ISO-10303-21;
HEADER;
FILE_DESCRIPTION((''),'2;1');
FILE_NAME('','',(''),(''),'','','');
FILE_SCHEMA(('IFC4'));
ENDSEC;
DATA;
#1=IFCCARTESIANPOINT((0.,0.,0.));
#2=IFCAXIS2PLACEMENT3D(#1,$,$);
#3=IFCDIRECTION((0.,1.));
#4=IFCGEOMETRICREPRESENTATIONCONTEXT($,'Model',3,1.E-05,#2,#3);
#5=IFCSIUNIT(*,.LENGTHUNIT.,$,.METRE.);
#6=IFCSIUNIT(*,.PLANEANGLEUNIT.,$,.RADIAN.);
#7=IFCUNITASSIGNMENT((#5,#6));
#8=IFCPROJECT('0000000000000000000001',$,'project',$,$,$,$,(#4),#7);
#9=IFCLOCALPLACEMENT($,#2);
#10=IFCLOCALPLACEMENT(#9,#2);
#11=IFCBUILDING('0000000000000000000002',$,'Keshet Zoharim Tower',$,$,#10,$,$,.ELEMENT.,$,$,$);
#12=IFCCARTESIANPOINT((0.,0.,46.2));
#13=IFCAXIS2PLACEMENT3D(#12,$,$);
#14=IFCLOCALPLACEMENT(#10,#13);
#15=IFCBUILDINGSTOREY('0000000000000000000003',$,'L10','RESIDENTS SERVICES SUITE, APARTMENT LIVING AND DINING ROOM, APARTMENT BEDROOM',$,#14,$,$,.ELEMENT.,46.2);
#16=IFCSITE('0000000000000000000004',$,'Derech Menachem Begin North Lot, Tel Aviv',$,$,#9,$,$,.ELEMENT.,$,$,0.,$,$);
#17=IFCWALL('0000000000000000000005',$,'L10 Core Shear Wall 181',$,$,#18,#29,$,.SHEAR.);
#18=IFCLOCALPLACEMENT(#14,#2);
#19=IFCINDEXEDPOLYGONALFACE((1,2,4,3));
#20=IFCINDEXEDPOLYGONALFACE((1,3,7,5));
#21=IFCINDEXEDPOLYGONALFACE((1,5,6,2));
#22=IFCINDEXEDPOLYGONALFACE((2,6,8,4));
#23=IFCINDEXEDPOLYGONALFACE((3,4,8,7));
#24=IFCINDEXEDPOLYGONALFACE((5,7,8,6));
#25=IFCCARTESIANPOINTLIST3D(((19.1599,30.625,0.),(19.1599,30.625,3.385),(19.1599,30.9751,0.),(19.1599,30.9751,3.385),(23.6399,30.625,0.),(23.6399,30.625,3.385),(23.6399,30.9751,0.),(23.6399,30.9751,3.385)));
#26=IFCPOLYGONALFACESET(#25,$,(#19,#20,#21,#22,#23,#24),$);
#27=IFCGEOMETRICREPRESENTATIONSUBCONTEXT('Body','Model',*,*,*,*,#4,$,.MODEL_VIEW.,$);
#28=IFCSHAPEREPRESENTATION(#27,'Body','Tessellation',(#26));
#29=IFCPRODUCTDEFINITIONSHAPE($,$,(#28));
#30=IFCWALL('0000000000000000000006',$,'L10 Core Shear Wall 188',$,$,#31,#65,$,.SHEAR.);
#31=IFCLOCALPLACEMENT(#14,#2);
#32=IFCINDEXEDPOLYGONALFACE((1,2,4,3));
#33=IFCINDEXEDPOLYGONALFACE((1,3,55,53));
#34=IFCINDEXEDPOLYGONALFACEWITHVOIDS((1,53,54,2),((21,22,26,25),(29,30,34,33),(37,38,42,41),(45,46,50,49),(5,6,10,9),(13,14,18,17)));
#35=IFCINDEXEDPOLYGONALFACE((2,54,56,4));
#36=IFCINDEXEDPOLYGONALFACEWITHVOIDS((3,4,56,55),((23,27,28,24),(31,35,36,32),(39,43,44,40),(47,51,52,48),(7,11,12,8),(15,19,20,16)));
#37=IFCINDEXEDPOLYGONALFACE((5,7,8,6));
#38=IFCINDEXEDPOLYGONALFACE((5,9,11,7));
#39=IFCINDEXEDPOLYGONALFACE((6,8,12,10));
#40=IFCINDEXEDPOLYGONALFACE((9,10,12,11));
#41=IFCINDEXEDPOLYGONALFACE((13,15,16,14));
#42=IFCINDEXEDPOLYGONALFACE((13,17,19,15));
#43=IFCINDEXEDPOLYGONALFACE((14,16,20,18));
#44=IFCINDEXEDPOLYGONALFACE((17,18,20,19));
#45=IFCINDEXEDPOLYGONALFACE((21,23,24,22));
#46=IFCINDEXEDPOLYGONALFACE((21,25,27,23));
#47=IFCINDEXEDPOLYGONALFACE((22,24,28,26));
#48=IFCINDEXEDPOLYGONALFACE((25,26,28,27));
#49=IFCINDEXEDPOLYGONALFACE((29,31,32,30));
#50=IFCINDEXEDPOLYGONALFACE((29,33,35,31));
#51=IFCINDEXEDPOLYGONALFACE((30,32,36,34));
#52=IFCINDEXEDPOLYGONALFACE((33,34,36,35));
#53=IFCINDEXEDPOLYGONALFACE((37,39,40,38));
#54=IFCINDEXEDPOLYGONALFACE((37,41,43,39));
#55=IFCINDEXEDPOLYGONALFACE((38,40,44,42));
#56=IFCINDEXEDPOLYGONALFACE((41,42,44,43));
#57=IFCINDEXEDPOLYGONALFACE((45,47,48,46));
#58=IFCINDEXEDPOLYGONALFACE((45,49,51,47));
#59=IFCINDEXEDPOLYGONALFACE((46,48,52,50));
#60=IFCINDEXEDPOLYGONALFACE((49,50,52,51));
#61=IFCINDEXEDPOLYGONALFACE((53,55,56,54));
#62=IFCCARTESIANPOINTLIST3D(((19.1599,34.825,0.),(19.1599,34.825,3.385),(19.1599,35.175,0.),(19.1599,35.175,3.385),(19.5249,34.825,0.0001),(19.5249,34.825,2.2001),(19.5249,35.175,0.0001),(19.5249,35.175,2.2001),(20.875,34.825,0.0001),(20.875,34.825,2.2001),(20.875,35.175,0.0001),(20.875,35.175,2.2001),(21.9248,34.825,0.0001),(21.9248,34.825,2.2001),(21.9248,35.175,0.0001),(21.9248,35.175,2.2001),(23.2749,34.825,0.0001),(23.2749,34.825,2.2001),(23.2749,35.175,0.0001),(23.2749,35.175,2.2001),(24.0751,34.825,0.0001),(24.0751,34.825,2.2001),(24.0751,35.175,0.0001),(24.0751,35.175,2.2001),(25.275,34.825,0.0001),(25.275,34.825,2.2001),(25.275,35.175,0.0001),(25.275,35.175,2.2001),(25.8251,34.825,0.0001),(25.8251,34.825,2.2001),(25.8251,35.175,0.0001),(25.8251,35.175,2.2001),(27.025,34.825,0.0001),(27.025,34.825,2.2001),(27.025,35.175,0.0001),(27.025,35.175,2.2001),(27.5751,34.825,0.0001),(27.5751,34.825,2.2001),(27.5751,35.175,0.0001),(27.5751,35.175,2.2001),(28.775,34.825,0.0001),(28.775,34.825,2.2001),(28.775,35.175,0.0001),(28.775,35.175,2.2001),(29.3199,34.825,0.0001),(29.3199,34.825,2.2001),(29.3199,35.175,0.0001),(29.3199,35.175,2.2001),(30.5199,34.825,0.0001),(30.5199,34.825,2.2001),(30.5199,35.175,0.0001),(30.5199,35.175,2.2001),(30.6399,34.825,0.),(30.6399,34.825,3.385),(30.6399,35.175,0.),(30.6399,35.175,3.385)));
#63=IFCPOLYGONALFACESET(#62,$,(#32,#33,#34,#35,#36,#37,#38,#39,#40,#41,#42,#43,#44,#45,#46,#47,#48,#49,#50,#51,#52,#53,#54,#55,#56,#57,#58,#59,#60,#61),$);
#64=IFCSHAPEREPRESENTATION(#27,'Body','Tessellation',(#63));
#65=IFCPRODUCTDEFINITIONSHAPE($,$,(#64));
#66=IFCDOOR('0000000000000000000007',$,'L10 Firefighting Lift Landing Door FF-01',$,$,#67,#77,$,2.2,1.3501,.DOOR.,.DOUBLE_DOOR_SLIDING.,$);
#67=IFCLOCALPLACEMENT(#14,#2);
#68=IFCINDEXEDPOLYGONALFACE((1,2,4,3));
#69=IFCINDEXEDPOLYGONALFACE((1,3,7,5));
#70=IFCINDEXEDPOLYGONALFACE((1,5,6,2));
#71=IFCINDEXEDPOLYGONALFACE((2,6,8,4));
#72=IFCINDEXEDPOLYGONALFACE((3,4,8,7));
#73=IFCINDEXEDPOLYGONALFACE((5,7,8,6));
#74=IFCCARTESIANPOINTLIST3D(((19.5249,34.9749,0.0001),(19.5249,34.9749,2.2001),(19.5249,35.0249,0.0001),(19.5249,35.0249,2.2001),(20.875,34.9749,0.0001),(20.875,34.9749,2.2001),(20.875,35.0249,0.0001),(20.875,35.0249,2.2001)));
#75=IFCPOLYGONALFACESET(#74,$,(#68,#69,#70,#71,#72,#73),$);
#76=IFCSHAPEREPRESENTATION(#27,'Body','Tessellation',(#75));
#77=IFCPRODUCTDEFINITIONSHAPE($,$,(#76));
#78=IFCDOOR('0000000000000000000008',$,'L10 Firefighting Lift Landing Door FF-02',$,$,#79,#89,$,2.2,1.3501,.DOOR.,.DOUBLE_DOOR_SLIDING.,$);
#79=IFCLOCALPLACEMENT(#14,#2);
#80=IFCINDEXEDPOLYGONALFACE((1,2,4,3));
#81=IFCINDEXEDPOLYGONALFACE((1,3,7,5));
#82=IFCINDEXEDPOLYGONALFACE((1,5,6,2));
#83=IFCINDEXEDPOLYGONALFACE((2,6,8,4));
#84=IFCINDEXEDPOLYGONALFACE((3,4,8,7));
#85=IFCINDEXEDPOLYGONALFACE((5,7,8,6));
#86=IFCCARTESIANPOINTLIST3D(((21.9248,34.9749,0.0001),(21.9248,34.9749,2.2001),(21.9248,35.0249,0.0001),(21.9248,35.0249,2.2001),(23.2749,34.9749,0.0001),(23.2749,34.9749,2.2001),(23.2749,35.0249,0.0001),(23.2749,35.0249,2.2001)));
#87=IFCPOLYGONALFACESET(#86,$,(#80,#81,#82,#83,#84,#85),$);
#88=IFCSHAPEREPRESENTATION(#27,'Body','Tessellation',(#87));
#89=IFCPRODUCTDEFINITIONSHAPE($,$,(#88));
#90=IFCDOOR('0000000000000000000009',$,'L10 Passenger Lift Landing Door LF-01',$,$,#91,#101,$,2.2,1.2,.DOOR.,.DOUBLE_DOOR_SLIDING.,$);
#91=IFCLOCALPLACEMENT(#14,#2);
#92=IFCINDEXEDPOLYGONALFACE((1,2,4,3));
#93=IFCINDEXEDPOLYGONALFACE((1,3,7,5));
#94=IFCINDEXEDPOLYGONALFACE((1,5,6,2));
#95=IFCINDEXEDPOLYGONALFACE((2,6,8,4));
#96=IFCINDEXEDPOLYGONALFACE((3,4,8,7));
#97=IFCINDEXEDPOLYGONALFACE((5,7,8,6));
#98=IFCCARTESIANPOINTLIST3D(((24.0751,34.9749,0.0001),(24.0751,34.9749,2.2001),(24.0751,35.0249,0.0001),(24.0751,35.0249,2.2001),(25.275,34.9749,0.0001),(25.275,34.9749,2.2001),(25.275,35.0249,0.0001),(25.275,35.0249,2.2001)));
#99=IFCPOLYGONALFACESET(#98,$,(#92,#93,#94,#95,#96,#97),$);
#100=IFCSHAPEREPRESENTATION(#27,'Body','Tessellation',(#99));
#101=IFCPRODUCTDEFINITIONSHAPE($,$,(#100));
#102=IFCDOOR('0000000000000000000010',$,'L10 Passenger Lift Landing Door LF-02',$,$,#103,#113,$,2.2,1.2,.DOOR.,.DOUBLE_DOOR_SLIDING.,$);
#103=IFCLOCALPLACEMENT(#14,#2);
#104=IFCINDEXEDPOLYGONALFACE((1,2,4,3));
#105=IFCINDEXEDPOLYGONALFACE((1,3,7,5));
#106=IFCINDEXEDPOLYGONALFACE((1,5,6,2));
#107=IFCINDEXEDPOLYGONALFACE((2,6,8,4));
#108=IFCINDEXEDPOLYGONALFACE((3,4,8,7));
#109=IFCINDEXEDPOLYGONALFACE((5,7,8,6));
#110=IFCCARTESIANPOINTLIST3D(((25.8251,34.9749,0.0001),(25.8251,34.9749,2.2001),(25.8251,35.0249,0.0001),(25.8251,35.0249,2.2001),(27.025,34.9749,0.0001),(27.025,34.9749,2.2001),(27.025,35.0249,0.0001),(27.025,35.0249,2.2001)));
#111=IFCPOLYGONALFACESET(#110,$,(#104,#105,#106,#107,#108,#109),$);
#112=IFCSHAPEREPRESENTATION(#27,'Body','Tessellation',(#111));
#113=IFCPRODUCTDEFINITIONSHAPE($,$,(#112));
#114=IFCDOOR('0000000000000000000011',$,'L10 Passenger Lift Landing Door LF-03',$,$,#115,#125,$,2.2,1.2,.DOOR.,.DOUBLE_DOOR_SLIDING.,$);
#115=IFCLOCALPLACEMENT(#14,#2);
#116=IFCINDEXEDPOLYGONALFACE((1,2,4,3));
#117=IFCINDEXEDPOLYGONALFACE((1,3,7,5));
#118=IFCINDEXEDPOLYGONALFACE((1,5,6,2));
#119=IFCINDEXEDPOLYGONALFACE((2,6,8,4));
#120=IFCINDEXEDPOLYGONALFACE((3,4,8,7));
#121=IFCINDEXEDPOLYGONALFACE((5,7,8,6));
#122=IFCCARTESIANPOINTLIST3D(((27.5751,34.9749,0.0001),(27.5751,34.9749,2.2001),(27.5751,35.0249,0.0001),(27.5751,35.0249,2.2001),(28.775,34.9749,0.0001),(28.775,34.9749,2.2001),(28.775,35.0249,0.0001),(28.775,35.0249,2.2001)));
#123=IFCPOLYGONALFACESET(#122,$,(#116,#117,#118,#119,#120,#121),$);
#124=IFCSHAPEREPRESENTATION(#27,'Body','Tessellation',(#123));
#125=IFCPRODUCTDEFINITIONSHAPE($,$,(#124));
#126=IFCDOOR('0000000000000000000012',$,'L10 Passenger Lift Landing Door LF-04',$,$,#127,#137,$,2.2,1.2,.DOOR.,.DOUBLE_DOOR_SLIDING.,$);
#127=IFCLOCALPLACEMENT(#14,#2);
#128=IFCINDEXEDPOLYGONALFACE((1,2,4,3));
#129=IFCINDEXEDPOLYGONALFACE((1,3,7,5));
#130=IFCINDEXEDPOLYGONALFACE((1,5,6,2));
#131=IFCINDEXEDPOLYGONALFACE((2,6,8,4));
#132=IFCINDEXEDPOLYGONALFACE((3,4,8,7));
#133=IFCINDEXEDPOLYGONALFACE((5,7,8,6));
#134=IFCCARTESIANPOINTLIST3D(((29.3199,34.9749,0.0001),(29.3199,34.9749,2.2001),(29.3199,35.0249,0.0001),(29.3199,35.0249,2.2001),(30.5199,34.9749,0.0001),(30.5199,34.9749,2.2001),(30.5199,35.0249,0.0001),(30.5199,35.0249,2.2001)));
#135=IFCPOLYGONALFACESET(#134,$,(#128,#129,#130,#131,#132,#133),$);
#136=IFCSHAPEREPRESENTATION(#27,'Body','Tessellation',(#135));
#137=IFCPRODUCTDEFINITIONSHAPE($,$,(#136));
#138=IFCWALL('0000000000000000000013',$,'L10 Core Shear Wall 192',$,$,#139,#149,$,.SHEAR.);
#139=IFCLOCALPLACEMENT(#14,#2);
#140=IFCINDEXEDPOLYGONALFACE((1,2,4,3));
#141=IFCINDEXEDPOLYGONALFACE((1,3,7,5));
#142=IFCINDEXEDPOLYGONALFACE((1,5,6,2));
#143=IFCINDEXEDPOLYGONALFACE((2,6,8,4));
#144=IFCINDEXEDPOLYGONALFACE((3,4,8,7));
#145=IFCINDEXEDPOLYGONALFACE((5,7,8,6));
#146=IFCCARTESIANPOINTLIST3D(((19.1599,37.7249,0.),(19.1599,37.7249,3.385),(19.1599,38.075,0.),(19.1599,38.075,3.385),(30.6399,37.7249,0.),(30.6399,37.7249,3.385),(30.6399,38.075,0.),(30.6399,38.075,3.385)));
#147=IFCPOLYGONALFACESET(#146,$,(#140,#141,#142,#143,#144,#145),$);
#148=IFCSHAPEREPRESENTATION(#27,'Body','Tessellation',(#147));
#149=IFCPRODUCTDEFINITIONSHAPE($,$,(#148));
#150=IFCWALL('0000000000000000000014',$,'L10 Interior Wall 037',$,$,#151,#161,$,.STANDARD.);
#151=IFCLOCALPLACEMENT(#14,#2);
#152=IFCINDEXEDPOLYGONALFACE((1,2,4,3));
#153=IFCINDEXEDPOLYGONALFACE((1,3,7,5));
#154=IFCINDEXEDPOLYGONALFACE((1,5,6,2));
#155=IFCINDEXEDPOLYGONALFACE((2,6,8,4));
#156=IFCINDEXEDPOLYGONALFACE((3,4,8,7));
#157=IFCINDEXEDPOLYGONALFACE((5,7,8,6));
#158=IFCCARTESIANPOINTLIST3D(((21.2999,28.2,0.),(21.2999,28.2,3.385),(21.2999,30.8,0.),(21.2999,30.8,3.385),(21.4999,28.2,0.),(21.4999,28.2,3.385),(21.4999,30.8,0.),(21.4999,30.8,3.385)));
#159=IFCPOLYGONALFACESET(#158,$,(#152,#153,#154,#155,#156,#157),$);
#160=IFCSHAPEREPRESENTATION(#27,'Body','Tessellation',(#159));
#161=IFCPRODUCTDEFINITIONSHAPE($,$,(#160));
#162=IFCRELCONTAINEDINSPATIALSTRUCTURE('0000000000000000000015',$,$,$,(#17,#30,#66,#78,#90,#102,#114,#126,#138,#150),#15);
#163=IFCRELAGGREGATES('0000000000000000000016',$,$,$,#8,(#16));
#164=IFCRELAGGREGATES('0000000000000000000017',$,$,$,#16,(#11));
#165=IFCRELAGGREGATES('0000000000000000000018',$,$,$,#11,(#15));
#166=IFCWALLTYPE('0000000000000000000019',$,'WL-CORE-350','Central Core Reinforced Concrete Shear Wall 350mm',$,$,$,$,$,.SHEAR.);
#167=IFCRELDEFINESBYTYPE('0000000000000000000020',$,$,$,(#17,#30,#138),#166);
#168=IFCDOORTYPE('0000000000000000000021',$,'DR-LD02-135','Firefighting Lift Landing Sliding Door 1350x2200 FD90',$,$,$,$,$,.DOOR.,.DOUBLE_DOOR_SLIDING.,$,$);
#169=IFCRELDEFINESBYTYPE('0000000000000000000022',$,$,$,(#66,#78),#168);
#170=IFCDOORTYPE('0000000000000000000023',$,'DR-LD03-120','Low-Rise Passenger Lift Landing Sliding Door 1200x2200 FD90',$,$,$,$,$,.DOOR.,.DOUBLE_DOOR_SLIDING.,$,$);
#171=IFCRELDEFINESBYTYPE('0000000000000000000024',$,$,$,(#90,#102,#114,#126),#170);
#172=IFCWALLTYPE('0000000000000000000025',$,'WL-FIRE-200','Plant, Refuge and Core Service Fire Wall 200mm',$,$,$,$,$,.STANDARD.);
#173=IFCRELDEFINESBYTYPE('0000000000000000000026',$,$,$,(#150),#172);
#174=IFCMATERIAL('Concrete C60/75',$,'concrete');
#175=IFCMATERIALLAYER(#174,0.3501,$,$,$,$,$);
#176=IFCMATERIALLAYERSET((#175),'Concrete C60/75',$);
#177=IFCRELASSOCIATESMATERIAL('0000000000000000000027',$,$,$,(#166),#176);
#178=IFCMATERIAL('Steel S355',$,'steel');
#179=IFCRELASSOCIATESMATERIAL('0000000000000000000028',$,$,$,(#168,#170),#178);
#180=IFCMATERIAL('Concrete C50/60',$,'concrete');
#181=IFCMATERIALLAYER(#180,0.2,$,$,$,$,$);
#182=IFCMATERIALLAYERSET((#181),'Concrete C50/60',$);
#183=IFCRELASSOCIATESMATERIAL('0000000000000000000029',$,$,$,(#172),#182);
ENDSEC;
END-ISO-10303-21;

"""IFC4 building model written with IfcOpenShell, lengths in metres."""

from ifc_helpers import new_model, si_unit, direction, frame, frame_2d, origin, place, context, subcontext, project, spatial, rectangle, extrude, material, layer, layer_set, type_object, element, fill, save


model = new_model("IFC4")

# Units and contexts
model_context = context("Model", 3, precision=1e-05, world=origin(), true_north=direction((0.0, 1.0)))
body_context = subcontext(model_context, "Body", "Model", "MODEL_VIEW")
ifc_project = project(units=[si_unit("LENGTHUNIT", "METRE"), si_unit("PLANEANGLEUNIT", "RADIAN")], contexts=[model_context])

# Site, building, storey
site_placement = place(None, origin())
site = spatial("IfcSite", under=ifc_project, at=site_placement, Name="Derech Menachem Begin North Lot, Tel Aviv", CompositionType="ELEMENT", RefElevation=0.0)
building_placement = place(site_placement, origin())
building = spatial("IfcBuilding", under=site, at=building_placement, Name="Keshet Zoharim Tower", CompositionType="ELEMENT")
storey_placement = place(building_placement, frame((0.0, 0.0, 46.2)))
storey = spatial("IfcBuildingStorey", under=building, at=storey_placement, Name="L10", Description="RESIDENTS SERVICES SUITE, APARTMENT LIVING AND DINING ROOM, APARTMENT BEDROOM", CompositionType="ELEMENT", Elevation=46.2)

# Shared definitions
ifc_material_1 = material(Name="Steel S355", Category="steel")

# Shared definitions
ifc_material_2 = material(Name="Concrete C60/75", Category="concrete")
ifc_layer_1 = layer(ifc_material_2, 0.3501)
ifc_layer_set_1 = layer_set([ifc_layer_1], Name="Concrete C60/75")
wall_type_1 = type_object("IfcWallType", Name="WL-CORE-350", Description="Central Core Reinforced Concrete Shear Wall 350mm", PredefinedType="SHEAR", material=ifc_layer_set_1)

# Wall
wall_1_placement = place(storey_placement, frame((19.1599, 30.8, 0.0), z_axis=(0.0, 0.0, 1.0), x_axis=(1.0, 0.0, 0.0)))
element("IfcWall", 1, at=wall_1_placement, inside=storey, type_object=wall_type_1, Name="L10 Core Shear Wall 181", PredefinedType="SHEAR", context=body_context, shape_type="SweptSolid", body=[
    extrude(rectangle(XDim=4.48, YDim=0.3501, at=frame_2d((2.24, 0.0))), origin(), (0.0, 0.0, 1.0), 3.385),
])

# Wall, openings, doors
wall_2_placement = place(storey_placement, frame((19.1599, 35.0, 0.0), z_axis=(0.0, 0.0, 1.0), x_axis=(1.0, 0.0, 0.0)))
wall_2 = element("IfcWall", 2, at=wall_2_placement, inside=storey, type_object=wall_type_1, Name="L10 Core Shear Wall 188", PredefinedType="SHEAR", context=body_context, shape_type="SweptSolid", body=[
    extrude(rectangle(XDim=11.48, YDim=0.3501, at=frame_2d((5.74, 0.0))), origin(), (0.0, 0.0, 1.0), 3.385),
])
opening_1_placement = place(wall_2_placement, frame((0.365, 0.0, 0.0)))
opening_1 = element("IfcOpeningElement", 3, at=opening_1_placement, cuts=wall_2, PredefinedType="OPENING", context=body_context, shape_type="SweptSolid", body=[
    extrude(rectangle(XDim=1.3501, YDim=2.2, at=frame_2d((0.675, 1.1001))), frame((0.0, 0.1851, 0.0), z_axis=(0.0, -1.0, 0.0), x_axis=(1.0, 0.0, 0.0)), (0.0, 0.0, 1.0), 0.3701),
])
opening_2_placement = place(wall_2_placement, frame((2.7649, 0.0, 0.0)))
opening_2 = element("IfcOpeningElement", 4, at=opening_2_placement, cuts=wall_2, PredefinedType="OPENING", context=body_context, shape_type="SweptSolid", body=[
    extrude(rectangle(XDim=1.3501, YDim=2.2, at=frame_2d((0.675, 1.1001))), frame((0.0, 0.1851, 0.0), z_axis=(0.0, -1.0, 0.0), x_axis=(1.0, 0.0, 0.0)), (0.0, 0.0, 1.0), 0.3701),
])
opening_3_placement = place(wall_2_placement, frame((4.915, 0.0, 0.0)))
opening_3 = element("IfcOpeningElement", 5, at=opening_3_placement, cuts=wall_2, PredefinedType="OPENING", context=body_context, shape_type="SweptSolid", body=[
    extrude(rectangle(XDim=1.2, YDim=2.2, at=frame_2d((0.6001, 1.1001))), frame((0.0, 0.1851, 0.0), z_axis=(0.0, -1.0, 0.0), x_axis=(1.0, 0.0, 0.0)), (0.0, 0.0, 1.0), 0.3701),
])
opening_4_placement = place(wall_2_placement, frame((6.665, 0.0, 0.0)))
opening_4 = element("IfcOpeningElement", 6, at=opening_4_placement, cuts=wall_2, PredefinedType="OPENING", context=body_context, shape_type="SweptSolid", body=[
    extrude(rectangle(XDim=1.2, YDim=2.2, at=frame_2d((0.6001, 1.1001))), frame((0.0, 0.1851, 0.0), z_axis=(0.0, -1.0, 0.0), x_axis=(1.0, 0.0, 0.0)), (0.0, 0.0, 1.0), 0.3701),
])
opening_5_placement = place(wall_2_placement, frame((8.415, 0.0, 0.0)))
opening_5 = element("IfcOpeningElement", 7, at=opening_5_placement, cuts=wall_2, PredefinedType="OPENING", context=body_context, shape_type="SweptSolid", body=[
    extrude(rectangle(XDim=1.2, YDim=2.2, at=frame_2d((0.6001, 1.1001))), frame((0.0, 0.1851, 0.0), z_axis=(0.0, -1.0, 0.0), x_axis=(1.0, 0.0, 0.0)), (0.0, 0.0, 1.0), 0.3701),
])
opening_6_placement = place(wall_2_placement, frame((10.1599, 0.0, 0.0)))
opening_6 = element("IfcOpeningElement", 8, at=opening_6_placement, cuts=wall_2, PredefinedType="OPENING", context=body_context, shape_type="SweptSolid", body=[
    extrude(rectangle(XDim=1.2, YDim=2.2, at=frame_2d((0.6001, 1.1001))), frame((0.0, 0.1851, 0.0), z_axis=(0.0, -1.0, 0.0), x_axis=(1.0, 0.0, 0.0)), (0.0, 0.0, 1.0), 0.3701),
])
door_type_1 = type_object("IfcDoorType", Name="DR-LD02-135", Description="Firefighting Lift Landing Sliding Door 1350x2200 FD90", OperationType="DOUBLE_DOOR_SLIDING", PredefinedType="DOOR", material=ifc_material_1)
door_1_placement = place(opening_1_placement, origin())
door_1 = element("IfcDoor", 9, at=door_1_placement, inside=storey, type_object=door_type_1, Name="L10 Firefighting Lift Landing Door FF-01", OperationType="DOUBLE_DOOR_SLIDING", OverallHeight=2.2, OverallWidth=1.3501, PredefinedType="DOOR", context=body_context, shape_type="SweptSolid", body=[
    extrude(rectangle(XDim=1.3501, YDim=2.2, at=frame_2d((0.675, 1.1001))), frame((0.0, 0.0249, 0.0), z_axis=(0.0, -1.0, 0.0), x_axis=(1.0, 0.0, 0.0)), (0.0, 0.0, 1.0), 0.05),
])
fill(opening_1, door_1)
door_2_placement = place(opening_2_placement, origin())
door_2 = element("IfcDoor", 10, at=door_2_placement, inside=storey, type_object=door_type_1, Name="L10 Firefighting Lift Landing Door FF-02", OperationType="DOUBLE_DOOR_SLIDING", OverallHeight=2.2, OverallWidth=1.3501, PredefinedType="DOOR", context=body_context, shape_type="SweptSolid", body=[
    extrude(rectangle(XDim=1.3501, YDim=2.2, at=frame_2d((0.675, 1.1001))), frame((0.0, 0.0249, 0.0), z_axis=(0.0, -1.0, 0.0), x_axis=(1.0, 0.0, 0.0)), (0.0, 0.0, 1.0), 0.05),
])
fill(opening_2, door_2)
door_type_2 = type_object("IfcDoorType", Name="DR-LD03-120", Description="Low-Rise Passenger Lift Landing Sliding Door 1200x2200 FD90", OperationType="DOUBLE_DOOR_SLIDING", PredefinedType="DOOR", material=ifc_material_1)
door_3_placement = place(opening_3_placement, origin())
door_3 = element("IfcDoor", 11, at=door_3_placement, inside=storey, type_object=door_type_2, Name="L10 Passenger Lift Landing Door LF-01", OperationType="DOUBLE_DOOR_SLIDING", OverallHeight=2.2, OverallWidth=1.2, PredefinedType="DOOR", context=body_context, shape_type="SweptSolid", body=[
    extrude(rectangle(XDim=1.2, YDim=2.2, at=frame_2d((0.6001, 1.1001))), frame((0.0, 0.0249, 0.0), z_axis=(0.0, -1.0, 0.0), x_axis=(1.0, 0.0, 0.0)), (0.0, 0.0, 1.0), 0.05),
])
fill(opening_3, door_3)
door_4_placement = place(opening_4_placement, origin())
door_4 = element("IfcDoor", 12, at=door_4_placement, inside=storey, type_object=door_type_2, Name="L10 Passenger Lift Landing Door LF-02", OperationType="DOUBLE_DOOR_SLIDING", OverallHeight=2.2, OverallWidth=1.2, PredefinedType="DOOR", context=body_context, shape_type="SweptSolid", body=[
    extrude(rectangle(XDim=1.2, YDim=2.2, at=frame_2d((0.6001, 1.1001))), frame((0.0, 0.0249, 0.0), z_axis=(0.0, -1.0, 0.0), x_axis=(1.0, 0.0, 0.0)), (0.0, 0.0, 1.0), 0.05),
])
fill(opening_4, door_4)
door_5_placement = place(opening_5_placement, origin())
door_5 = element("IfcDoor", 13, at=door_5_placement, inside=storey, type_object=door_type_2, Name="L10 Passenger Lift Landing Door LF-03", OperationType="DOUBLE_DOOR_SLIDING", OverallHeight=2.2, OverallWidth=1.2, PredefinedType="DOOR", context=body_context, shape_type="SweptSolid", body=[
    extrude(rectangle(XDim=1.2, YDim=2.2, at=frame_2d((0.6001, 1.1001))), frame((0.0, 0.0249, 0.0), z_axis=(0.0, -1.0, 0.0), x_axis=(1.0, 0.0, 0.0)), (0.0, 0.0, 1.0), 0.05),
])
fill(opening_5, door_5)
door_6_placement = place(opening_6_placement, origin())
door_6 = element("IfcDoor", 14, at=door_6_placement, inside=storey, type_object=door_type_2, Name="L10 Passenger Lift Landing Door LF-04", OperationType="DOUBLE_DOOR_SLIDING", OverallHeight=2.2, OverallWidth=1.2, PredefinedType="DOOR", context=body_context, shape_type="SweptSolid", body=[
    extrude(rectangle(XDim=1.2, YDim=2.2, at=frame_2d((0.6001, 1.1001))), frame((0.0, 0.0249, 0.0), z_axis=(0.0, -1.0, 0.0), x_axis=(1.0, 0.0, 0.0)), (0.0, 0.0, 1.0), 0.05),
])
fill(opening_6, door_6)

# Walls
wall_3_placement = place(storey_placement, frame((19.1599, 37.8999, 0.0), z_axis=(0.0, 0.0, 1.0), x_axis=(1.0, 0.0, 0.0)))
element("IfcWall", 15, at=wall_3_placement, inside=storey, type_object=wall_type_1, Name="L10 Core Shear Wall 192", PredefinedType="SHEAR", context=body_context, shape_type="SweptSolid", body=[
    extrude(rectangle(XDim=11.48, YDim=0.3501, at=frame_2d((5.74, 0.0))), origin(), (0.0, 0.0, 1.0), 3.385),
])
ifc_material_3 = material(Name="Concrete C50/60", Category="concrete")
ifc_layer_2 = layer(ifc_material_3, 0.2)
ifc_layer_set_2 = layer_set([ifc_layer_2], Name="Concrete C50/60")
wall_type_2 = type_object("IfcWallType", Name="WL-FIRE-200", Description="Plant, Refuge and Core Service Fire Wall 200mm", PredefinedType="STANDARD", material=ifc_layer_set_2)
wall_4_placement = place(storey_placement, frame((21.3999, 28.2, 0.0), z_axis=(0.0, 0.0, 1.0), x_axis=(0.0, 1.0, 0.0)))
element("IfcWall", 16, at=wall_4_placement, inside=storey, type_object=wall_type_2, Name="L10 Interior Wall 037", PredefinedType="STANDARD", context=body_context, shape_type="SweptSolid", body=[
    extrude(rectangle(XDim=2.6001, YDim=0.2, at=frame_2d((1.3, 0.0))), origin(), (0.0, 0.0, 1.0), 3.385),
])

save(model, "model.ifc")
